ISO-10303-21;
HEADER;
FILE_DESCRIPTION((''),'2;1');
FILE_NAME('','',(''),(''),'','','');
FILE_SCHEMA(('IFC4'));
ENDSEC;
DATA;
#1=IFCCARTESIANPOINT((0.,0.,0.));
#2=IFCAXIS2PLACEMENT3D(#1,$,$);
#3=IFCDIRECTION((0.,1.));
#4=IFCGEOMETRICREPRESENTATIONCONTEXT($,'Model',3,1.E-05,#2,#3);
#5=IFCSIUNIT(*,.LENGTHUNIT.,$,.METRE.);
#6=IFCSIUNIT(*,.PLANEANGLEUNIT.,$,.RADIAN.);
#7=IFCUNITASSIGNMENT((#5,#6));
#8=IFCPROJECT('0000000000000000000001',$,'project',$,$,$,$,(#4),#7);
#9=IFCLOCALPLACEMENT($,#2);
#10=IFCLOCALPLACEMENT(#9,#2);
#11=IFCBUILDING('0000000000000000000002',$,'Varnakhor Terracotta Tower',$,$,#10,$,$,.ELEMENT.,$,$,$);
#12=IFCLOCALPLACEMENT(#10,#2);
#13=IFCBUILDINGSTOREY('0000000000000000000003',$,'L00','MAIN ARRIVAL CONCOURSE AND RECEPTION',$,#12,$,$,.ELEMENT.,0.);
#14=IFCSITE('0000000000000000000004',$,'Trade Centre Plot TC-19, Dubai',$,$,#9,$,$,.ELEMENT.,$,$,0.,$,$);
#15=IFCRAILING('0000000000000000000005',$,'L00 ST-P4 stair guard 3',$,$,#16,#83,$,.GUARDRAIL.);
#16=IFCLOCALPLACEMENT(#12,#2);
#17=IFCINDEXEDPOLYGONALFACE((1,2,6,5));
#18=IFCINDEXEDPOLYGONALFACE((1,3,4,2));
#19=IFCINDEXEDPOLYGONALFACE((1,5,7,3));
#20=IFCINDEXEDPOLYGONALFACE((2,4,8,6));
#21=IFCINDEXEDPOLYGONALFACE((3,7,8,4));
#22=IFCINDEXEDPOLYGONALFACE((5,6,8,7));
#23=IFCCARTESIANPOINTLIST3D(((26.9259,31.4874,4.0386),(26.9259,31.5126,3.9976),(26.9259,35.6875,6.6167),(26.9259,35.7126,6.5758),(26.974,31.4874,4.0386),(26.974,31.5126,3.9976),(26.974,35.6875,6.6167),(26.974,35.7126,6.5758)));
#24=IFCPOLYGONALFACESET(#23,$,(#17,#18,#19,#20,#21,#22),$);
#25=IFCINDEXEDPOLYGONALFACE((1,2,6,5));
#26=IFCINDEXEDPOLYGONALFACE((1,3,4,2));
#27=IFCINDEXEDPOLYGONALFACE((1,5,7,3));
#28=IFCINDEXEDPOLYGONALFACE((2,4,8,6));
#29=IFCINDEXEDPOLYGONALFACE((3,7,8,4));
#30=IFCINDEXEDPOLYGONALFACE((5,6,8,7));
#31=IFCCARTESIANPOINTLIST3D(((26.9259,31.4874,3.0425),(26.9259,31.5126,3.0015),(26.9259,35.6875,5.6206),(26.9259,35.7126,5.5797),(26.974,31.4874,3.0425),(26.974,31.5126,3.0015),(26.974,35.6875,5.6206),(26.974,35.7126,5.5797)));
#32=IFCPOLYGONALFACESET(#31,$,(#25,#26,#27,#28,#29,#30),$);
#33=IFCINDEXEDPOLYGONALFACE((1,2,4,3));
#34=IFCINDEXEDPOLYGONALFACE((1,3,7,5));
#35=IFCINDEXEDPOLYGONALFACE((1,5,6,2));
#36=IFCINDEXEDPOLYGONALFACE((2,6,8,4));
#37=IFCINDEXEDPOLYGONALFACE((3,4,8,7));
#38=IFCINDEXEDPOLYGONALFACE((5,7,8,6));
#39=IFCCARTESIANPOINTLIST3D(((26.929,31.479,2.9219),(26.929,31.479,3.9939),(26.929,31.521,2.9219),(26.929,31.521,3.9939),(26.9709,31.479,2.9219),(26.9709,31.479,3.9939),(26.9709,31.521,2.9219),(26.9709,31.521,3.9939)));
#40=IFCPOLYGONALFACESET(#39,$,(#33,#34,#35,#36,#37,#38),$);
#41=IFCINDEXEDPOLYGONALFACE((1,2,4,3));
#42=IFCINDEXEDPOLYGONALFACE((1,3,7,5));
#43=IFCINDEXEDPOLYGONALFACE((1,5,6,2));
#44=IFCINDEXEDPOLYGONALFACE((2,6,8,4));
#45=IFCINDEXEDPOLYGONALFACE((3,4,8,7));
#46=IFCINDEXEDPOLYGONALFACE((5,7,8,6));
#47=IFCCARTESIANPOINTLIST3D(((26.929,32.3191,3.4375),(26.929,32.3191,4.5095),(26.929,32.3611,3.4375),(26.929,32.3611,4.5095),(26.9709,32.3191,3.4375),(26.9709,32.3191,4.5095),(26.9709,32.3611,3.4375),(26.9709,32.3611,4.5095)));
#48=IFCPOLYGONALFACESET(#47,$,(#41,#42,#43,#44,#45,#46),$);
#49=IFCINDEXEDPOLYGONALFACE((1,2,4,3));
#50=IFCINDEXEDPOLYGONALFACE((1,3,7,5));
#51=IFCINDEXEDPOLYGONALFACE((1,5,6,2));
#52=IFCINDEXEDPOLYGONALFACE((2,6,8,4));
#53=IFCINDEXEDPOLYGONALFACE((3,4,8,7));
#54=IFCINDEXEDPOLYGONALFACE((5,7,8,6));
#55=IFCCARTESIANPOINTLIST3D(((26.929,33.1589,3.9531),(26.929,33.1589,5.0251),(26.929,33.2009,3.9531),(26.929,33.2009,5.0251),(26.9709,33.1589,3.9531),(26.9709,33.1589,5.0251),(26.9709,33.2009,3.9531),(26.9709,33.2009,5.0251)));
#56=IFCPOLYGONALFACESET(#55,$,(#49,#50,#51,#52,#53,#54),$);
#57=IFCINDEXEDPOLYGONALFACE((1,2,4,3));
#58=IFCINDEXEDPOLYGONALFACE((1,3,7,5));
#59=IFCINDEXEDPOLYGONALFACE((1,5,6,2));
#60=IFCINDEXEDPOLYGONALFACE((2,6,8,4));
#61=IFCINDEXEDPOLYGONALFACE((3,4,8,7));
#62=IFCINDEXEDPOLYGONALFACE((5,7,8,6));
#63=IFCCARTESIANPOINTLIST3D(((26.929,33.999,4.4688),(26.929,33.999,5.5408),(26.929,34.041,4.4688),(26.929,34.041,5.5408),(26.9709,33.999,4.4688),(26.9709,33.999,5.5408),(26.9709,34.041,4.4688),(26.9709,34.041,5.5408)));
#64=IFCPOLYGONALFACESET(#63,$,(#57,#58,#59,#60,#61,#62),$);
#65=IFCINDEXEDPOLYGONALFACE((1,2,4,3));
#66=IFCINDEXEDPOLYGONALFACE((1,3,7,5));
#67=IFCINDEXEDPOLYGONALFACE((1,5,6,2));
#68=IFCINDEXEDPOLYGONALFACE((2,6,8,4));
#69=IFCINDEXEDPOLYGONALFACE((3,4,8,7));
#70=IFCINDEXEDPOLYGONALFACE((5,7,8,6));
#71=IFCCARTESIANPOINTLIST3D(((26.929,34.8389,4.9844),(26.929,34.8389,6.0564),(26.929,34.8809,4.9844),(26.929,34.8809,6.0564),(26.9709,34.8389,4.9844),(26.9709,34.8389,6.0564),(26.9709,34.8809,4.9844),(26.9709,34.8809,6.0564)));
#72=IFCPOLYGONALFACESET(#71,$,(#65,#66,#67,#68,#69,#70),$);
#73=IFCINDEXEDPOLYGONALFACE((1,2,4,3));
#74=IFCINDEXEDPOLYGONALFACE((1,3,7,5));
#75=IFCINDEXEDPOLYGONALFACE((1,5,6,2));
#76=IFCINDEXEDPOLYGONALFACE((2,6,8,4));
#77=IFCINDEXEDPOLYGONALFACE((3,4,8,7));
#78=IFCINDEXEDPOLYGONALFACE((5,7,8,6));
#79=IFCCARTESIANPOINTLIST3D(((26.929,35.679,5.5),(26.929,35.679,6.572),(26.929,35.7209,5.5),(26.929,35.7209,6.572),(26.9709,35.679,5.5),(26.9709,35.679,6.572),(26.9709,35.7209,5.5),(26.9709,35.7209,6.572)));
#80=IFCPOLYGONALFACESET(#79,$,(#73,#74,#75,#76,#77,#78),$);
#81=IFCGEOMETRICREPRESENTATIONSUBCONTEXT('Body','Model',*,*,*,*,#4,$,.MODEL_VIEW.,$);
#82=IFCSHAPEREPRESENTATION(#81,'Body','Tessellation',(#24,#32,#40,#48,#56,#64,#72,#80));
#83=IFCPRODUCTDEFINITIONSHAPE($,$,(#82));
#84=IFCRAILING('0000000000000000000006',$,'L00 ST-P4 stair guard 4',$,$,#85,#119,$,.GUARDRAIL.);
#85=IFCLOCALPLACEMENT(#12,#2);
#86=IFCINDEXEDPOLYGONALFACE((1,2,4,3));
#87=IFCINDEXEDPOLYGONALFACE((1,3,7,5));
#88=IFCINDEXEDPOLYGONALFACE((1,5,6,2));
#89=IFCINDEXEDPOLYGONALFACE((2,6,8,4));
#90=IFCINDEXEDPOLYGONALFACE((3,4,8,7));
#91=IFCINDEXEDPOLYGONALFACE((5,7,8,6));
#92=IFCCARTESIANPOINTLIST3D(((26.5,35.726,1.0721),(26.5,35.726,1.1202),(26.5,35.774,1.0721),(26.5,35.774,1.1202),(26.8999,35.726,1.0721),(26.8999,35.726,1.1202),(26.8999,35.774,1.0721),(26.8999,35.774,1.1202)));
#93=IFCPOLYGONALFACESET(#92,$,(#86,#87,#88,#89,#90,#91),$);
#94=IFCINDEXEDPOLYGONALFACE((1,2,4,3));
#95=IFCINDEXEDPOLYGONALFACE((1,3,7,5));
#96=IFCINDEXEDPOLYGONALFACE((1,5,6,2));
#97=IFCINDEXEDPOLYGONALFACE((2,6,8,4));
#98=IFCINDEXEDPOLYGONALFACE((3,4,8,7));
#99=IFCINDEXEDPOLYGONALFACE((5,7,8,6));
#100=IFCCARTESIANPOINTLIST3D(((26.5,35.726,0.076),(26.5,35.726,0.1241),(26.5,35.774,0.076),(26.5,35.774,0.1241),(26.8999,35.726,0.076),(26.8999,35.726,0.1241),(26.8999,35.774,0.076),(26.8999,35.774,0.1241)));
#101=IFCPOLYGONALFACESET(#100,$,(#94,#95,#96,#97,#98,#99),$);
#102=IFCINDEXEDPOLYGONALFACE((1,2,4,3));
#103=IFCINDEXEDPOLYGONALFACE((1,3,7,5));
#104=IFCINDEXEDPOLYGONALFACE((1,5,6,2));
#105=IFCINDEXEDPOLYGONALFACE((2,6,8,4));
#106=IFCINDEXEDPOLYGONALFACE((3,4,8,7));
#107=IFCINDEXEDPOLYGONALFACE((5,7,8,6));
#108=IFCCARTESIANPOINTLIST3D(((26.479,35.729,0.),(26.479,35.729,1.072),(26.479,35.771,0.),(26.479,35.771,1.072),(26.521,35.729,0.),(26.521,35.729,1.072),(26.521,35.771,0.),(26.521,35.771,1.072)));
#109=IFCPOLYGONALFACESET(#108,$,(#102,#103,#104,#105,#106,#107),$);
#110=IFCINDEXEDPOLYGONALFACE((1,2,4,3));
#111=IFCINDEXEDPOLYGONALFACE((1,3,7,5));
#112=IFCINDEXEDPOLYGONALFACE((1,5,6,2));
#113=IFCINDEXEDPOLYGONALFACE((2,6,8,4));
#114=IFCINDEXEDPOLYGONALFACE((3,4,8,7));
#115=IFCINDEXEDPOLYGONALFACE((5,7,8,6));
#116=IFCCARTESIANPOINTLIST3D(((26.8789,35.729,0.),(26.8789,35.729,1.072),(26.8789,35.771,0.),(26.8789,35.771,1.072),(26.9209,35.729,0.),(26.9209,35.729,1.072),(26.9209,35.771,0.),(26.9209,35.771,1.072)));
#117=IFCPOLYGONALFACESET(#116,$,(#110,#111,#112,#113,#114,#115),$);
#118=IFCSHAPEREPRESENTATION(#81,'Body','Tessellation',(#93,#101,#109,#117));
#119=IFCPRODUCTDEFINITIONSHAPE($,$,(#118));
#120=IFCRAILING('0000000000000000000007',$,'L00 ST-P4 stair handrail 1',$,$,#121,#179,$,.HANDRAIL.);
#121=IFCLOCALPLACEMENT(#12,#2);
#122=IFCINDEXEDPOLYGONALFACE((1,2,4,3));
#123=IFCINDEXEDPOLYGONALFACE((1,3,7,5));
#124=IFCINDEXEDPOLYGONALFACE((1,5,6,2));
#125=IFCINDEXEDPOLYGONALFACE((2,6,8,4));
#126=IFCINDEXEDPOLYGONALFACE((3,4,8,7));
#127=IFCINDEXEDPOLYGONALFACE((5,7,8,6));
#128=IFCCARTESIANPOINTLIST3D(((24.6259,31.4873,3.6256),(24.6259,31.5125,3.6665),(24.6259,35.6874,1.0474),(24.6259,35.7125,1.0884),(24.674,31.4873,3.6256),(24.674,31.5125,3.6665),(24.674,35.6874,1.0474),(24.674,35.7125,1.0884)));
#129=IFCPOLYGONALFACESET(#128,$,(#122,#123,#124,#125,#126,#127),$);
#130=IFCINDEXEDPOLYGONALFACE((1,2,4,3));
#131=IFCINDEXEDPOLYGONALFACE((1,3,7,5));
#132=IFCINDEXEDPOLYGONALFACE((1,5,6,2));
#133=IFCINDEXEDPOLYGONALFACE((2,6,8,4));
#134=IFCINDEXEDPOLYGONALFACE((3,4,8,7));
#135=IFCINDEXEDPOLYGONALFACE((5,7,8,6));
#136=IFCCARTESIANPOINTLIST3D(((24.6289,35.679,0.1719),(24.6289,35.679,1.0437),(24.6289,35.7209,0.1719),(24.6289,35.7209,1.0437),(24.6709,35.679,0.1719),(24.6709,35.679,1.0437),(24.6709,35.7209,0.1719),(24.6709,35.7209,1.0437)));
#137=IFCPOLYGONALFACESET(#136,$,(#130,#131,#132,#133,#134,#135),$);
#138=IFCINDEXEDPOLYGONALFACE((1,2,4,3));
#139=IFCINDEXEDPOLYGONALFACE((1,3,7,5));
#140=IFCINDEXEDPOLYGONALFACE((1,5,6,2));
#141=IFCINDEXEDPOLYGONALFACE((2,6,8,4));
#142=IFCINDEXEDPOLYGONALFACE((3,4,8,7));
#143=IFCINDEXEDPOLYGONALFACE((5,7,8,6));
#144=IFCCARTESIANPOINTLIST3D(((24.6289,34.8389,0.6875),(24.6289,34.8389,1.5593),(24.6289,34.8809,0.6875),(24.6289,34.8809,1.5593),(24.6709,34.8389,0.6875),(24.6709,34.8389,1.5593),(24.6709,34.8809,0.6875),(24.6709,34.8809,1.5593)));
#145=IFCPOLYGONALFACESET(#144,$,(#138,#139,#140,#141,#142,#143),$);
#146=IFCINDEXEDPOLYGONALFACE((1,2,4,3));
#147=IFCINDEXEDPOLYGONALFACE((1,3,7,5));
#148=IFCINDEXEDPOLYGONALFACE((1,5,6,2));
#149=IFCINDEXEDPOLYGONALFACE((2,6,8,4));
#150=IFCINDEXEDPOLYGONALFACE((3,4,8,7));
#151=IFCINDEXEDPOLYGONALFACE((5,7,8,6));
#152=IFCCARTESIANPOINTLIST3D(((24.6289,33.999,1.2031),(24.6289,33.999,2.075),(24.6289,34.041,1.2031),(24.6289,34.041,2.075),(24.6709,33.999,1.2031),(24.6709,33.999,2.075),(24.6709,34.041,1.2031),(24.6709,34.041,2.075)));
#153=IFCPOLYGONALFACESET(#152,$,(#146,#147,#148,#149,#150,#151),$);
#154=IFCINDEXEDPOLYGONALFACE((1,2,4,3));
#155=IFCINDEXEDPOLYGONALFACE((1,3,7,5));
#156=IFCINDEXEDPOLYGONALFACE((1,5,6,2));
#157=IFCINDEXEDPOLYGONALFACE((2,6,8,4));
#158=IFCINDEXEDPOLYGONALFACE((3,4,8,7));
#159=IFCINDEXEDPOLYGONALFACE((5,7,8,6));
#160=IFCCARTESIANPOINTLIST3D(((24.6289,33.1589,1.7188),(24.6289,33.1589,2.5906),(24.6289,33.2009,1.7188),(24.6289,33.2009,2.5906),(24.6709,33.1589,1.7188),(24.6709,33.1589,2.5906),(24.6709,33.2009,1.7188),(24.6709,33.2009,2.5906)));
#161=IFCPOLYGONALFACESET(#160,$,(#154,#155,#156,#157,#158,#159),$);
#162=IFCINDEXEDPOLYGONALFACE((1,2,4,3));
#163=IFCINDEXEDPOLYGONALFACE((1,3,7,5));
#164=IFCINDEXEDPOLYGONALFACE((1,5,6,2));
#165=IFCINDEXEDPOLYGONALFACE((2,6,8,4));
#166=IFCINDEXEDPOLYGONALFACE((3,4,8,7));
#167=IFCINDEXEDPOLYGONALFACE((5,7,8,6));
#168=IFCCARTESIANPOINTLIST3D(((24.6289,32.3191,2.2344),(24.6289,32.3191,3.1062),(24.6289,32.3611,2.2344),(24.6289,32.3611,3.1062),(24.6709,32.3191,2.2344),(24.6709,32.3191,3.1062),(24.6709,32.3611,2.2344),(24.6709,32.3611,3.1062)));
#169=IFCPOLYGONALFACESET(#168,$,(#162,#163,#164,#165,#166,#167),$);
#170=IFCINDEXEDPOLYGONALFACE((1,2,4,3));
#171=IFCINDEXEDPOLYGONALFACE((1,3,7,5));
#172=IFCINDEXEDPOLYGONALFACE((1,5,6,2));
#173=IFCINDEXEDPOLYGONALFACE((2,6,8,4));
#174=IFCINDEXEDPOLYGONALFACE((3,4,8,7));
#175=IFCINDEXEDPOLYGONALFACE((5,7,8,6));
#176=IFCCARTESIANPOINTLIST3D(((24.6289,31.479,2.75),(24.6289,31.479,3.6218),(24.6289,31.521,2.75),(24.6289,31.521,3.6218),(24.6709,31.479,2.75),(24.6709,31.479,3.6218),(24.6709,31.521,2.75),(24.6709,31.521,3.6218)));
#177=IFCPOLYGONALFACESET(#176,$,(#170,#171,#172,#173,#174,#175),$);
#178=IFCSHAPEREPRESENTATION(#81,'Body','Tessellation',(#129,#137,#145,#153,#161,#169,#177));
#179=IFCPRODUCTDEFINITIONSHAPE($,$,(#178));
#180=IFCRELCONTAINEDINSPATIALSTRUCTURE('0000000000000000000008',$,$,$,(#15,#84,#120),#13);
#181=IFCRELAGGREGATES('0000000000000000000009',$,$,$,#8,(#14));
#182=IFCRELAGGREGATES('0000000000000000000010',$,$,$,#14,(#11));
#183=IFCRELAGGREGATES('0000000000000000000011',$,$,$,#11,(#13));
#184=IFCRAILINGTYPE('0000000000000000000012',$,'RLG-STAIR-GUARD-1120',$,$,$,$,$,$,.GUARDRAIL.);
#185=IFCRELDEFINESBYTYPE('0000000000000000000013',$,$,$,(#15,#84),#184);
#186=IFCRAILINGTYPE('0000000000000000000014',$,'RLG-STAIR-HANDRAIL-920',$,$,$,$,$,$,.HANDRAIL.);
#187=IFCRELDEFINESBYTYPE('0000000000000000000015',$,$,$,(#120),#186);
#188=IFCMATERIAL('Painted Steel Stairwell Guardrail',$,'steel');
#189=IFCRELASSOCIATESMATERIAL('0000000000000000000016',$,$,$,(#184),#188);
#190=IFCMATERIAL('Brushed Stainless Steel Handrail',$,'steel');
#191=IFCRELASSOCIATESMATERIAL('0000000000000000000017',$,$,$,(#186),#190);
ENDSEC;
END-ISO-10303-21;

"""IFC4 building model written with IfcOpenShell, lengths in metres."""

from ifc_helpers import new_model, si_unit, direction, frame, origin, origin_2d, place, context, subcontext, project, spatial, rectangle, extrude, material, type_object, element, save


model = new_model("IFC4")

# Units and contexts
model_context = context("Model", 3, precision=1e-05, world=origin(), true_north=direction((0.0, 1.0)))
body_context = subcontext(model_context, "Body", "Model", "MODEL_VIEW")
ifc_project = project(units=[si_unit("LENGTHUNIT", "METRE"), si_unit("PLANEANGLEUNIT", "RADIAN")], contexts=[model_context])

# Site, building, storey
site_placement = place(None, origin())
site = spatial("IfcSite", under=ifc_project, at=site_placement, Name="Trade Centre Plot TC-19, Dubai", CompositionType="ELEMENT", RefElevation=0.0)
building_placement = place(site_placement, origin())
building = spatial("IfcBuilding", under=site, at=building_placement, Name="Varnakhor Terracotta Tower", CompositionType="ELEMENT")
storey_placement = place(building_placement, origin())
storey = spatial("IfcBuildingStorey", under=building, at=storey_placement, Name="L00", Description="MAIN ARRIVAL CONCOURSE AND RECEPTION", CompositionType="ELEMENT", Elevation=0.0)

# Railings
ifc_material_1 = material(Name="Painted Steel Stairwell Guardrail", Category="steel")
railing_type_1 = type_object("IfcRailingType", Name="RLG-STAIR-GUARD-1120", PredefinedType="GUARDRAIL", material=ifc_material_1)
railing_1_placement = place(storey_placement, frame((26.95, 31.5, 2.9219)))
element("IfcRailing", 1, at=railing_1_placement, inside=storey, type_object=railing_type_1, Name="L00 ST-P4 stair guard 3", PredefinedType="GUARDRAIL", context=body_context, shape_type="SweptSolid", body=[
    extrude(rectangle(XDim=0.0481, YDim=0.0481, at=origin_2d()), frame((0.0, 0.0, 1.0962), z_axis=(0.0, 0.852243, 0.523146), x_axis=(-1.0, 0.0, 0.0)), (0.0, 0.0, 1.0), 4.9282),
    extrude(rectangle(XDim=0.0481, YDim=0.0481, at=origin_2d()), frame((0.0, 0.0, 0.1001), z_axis=(0.0, 0.852243, 0.523146), x_axis=(-1.0, 0.0, 0.0)), (0.0, 0.0, 1.0), 4.9282),
    extrude(rectangle(XDim=0.042, YDim=0.042, at=origin_2d()), origin(), (0.0, 0.0, 1.0), 1.072),
    extrude(rectangle(XDim=0.042, YDim=0.042, at=origin_2d()), frame((0.0, 0.8401, 0.5156)), (0.0, 0.0, 1.0), 1.072),
    extrude(rectangle(XDim=0.042, YDim=0.042, at=origin_2d()), frame((0.0, 1.6799, 1.0312)), (0.0, 0.0, 1.0), 1.072),
    extrude(rectangle(XDim=0.042, YDim=0.042, at=origin_2d()), frame((0.0, 2.52, 1.5469)), (0.0, 0.0, 1.0), 1.072),
    extrude(rectangle(XDim=0.042, YDim=0.042, at=origin_2d()), frame((0.0, 3.3599, 2.0625)), (0.0, 0.0, 1.0), 1.072),
    extrude(rectangle(XDim=0.042, YDim=0.042, at=origin_2d()), frame((0.0, 4.2, 2.5781)), (0.0, 0.0, 1.0), 1.072),
])
railing_2_placement = place(storey_placement, frame((26.5, 35.75, 0.0)))
element("IfcRailing", 2, at=railing_2_placement, inside=storey, type_object=railing_type_1, Name="L00 ST-P4 stair guard 4", PredefinedType="GUARDRAIL", context=body_context, shape_type="SweptSolid", body=[
    extrude(rectangle(XDim=0.0481, YDim=0.0481, at=origin_2d()), frame((0.0, 0.0, 1.0962), z_axis=(1.0, 0.0, 0.0), x_axis=(0.0, 1.0, 0.0)), (0.0, 0.0, 1.0), 0.3999),
    extrude(rectangle(XDim=0.0481, YDim=0.0481, at=origin_2d()), frame((0.0, 0.0, 0.1001), z_axis=(1.0, 0.0, 0.0), x_axis=(0.0, 1.0, 0.0)), (0.0, 0.0, 1.0), 0.3999),
    extrude(rectangle(XDim=0.042, YDim=0.042, at=origin_2d()), origin(), (0.0, 0.0, 1.0), 1.072),
    extrude(rectangle(XDim=0.042, YDim=0.042, at=origin_2d()), frame((0.3999, 0.0, 0.0)), (0.0, 0.0, 1.0), 1.072),
])
ifc_material_2 = material(Name="Brushed Stainless Steel Handrail", Category="steel")
railing_type_2 = type_object("IfcRailingType", Name="RLG-STAIR-HANDRAIL-920", PredefinedType="HANDRAIL", material=ifc_material_2)
railing_3_placement = place(storey_placement, frame((24.6499, 35.7, 0.1719)))
element("IfcRailing", 3, at=railing_3_placement, inside=storey, type_object=railing_type_2, Name="L00 ST-P4 stair handrail 1", PredefinedType="HANDRAIL", context=body_context, shape_type="SweptSolid", body=[
    extrude(rectangle(XDim=0.0481, YDim=0.0481, at=origin_2d()), frame((0.0, 0.0, 0.896), z_axis=(0.0, -0.852243, 0.523146), x_axis=(1.0, 0.0, 0.0)), (0.0, 0.0, 1.0), 4.9282),
    extrude(rectangle(XDim=0.042, YDim=0.042, at=origin_2d()), origin(), (0.0, 0.0, 1.0), 0.8718),
    extrude(rectangle(XDim=0.042, YDim=0.042, at=origin_2d()), frame((0.0, -0.8401, 0.5156)), (0.0, 0.0, 1.0), 0.8718),
    extrude(rectangle(XDim=0.042, YDim=0.042, at=origin_2d()), frame((0.0, -1.6799, 1.0312)), (0.0, 0.0, 1.0), 0.8718),
    extrude(rectangle(XDim=0.042, YDim=0.042, at=origin_2d()), frame((0.0, -2.52, 1.5469)), (0.0, 0.0, 1.0), 0.8718),
    extrude(rectangle(XDim=0.042, YDim=0.042, at=origin_2d()), frame((0.0, -3.3599, 2.0625)), (0.0, 0.0, 1.0), 0.8718),
    extrude(rectangle(XDim=0.042, YDim=0.042, at=origin_2d()), frame((0.0, -4.2, 2.5781)), (0.0, 0.0, 1.0), 0.8718),
])

save(model, "model.ifc")
